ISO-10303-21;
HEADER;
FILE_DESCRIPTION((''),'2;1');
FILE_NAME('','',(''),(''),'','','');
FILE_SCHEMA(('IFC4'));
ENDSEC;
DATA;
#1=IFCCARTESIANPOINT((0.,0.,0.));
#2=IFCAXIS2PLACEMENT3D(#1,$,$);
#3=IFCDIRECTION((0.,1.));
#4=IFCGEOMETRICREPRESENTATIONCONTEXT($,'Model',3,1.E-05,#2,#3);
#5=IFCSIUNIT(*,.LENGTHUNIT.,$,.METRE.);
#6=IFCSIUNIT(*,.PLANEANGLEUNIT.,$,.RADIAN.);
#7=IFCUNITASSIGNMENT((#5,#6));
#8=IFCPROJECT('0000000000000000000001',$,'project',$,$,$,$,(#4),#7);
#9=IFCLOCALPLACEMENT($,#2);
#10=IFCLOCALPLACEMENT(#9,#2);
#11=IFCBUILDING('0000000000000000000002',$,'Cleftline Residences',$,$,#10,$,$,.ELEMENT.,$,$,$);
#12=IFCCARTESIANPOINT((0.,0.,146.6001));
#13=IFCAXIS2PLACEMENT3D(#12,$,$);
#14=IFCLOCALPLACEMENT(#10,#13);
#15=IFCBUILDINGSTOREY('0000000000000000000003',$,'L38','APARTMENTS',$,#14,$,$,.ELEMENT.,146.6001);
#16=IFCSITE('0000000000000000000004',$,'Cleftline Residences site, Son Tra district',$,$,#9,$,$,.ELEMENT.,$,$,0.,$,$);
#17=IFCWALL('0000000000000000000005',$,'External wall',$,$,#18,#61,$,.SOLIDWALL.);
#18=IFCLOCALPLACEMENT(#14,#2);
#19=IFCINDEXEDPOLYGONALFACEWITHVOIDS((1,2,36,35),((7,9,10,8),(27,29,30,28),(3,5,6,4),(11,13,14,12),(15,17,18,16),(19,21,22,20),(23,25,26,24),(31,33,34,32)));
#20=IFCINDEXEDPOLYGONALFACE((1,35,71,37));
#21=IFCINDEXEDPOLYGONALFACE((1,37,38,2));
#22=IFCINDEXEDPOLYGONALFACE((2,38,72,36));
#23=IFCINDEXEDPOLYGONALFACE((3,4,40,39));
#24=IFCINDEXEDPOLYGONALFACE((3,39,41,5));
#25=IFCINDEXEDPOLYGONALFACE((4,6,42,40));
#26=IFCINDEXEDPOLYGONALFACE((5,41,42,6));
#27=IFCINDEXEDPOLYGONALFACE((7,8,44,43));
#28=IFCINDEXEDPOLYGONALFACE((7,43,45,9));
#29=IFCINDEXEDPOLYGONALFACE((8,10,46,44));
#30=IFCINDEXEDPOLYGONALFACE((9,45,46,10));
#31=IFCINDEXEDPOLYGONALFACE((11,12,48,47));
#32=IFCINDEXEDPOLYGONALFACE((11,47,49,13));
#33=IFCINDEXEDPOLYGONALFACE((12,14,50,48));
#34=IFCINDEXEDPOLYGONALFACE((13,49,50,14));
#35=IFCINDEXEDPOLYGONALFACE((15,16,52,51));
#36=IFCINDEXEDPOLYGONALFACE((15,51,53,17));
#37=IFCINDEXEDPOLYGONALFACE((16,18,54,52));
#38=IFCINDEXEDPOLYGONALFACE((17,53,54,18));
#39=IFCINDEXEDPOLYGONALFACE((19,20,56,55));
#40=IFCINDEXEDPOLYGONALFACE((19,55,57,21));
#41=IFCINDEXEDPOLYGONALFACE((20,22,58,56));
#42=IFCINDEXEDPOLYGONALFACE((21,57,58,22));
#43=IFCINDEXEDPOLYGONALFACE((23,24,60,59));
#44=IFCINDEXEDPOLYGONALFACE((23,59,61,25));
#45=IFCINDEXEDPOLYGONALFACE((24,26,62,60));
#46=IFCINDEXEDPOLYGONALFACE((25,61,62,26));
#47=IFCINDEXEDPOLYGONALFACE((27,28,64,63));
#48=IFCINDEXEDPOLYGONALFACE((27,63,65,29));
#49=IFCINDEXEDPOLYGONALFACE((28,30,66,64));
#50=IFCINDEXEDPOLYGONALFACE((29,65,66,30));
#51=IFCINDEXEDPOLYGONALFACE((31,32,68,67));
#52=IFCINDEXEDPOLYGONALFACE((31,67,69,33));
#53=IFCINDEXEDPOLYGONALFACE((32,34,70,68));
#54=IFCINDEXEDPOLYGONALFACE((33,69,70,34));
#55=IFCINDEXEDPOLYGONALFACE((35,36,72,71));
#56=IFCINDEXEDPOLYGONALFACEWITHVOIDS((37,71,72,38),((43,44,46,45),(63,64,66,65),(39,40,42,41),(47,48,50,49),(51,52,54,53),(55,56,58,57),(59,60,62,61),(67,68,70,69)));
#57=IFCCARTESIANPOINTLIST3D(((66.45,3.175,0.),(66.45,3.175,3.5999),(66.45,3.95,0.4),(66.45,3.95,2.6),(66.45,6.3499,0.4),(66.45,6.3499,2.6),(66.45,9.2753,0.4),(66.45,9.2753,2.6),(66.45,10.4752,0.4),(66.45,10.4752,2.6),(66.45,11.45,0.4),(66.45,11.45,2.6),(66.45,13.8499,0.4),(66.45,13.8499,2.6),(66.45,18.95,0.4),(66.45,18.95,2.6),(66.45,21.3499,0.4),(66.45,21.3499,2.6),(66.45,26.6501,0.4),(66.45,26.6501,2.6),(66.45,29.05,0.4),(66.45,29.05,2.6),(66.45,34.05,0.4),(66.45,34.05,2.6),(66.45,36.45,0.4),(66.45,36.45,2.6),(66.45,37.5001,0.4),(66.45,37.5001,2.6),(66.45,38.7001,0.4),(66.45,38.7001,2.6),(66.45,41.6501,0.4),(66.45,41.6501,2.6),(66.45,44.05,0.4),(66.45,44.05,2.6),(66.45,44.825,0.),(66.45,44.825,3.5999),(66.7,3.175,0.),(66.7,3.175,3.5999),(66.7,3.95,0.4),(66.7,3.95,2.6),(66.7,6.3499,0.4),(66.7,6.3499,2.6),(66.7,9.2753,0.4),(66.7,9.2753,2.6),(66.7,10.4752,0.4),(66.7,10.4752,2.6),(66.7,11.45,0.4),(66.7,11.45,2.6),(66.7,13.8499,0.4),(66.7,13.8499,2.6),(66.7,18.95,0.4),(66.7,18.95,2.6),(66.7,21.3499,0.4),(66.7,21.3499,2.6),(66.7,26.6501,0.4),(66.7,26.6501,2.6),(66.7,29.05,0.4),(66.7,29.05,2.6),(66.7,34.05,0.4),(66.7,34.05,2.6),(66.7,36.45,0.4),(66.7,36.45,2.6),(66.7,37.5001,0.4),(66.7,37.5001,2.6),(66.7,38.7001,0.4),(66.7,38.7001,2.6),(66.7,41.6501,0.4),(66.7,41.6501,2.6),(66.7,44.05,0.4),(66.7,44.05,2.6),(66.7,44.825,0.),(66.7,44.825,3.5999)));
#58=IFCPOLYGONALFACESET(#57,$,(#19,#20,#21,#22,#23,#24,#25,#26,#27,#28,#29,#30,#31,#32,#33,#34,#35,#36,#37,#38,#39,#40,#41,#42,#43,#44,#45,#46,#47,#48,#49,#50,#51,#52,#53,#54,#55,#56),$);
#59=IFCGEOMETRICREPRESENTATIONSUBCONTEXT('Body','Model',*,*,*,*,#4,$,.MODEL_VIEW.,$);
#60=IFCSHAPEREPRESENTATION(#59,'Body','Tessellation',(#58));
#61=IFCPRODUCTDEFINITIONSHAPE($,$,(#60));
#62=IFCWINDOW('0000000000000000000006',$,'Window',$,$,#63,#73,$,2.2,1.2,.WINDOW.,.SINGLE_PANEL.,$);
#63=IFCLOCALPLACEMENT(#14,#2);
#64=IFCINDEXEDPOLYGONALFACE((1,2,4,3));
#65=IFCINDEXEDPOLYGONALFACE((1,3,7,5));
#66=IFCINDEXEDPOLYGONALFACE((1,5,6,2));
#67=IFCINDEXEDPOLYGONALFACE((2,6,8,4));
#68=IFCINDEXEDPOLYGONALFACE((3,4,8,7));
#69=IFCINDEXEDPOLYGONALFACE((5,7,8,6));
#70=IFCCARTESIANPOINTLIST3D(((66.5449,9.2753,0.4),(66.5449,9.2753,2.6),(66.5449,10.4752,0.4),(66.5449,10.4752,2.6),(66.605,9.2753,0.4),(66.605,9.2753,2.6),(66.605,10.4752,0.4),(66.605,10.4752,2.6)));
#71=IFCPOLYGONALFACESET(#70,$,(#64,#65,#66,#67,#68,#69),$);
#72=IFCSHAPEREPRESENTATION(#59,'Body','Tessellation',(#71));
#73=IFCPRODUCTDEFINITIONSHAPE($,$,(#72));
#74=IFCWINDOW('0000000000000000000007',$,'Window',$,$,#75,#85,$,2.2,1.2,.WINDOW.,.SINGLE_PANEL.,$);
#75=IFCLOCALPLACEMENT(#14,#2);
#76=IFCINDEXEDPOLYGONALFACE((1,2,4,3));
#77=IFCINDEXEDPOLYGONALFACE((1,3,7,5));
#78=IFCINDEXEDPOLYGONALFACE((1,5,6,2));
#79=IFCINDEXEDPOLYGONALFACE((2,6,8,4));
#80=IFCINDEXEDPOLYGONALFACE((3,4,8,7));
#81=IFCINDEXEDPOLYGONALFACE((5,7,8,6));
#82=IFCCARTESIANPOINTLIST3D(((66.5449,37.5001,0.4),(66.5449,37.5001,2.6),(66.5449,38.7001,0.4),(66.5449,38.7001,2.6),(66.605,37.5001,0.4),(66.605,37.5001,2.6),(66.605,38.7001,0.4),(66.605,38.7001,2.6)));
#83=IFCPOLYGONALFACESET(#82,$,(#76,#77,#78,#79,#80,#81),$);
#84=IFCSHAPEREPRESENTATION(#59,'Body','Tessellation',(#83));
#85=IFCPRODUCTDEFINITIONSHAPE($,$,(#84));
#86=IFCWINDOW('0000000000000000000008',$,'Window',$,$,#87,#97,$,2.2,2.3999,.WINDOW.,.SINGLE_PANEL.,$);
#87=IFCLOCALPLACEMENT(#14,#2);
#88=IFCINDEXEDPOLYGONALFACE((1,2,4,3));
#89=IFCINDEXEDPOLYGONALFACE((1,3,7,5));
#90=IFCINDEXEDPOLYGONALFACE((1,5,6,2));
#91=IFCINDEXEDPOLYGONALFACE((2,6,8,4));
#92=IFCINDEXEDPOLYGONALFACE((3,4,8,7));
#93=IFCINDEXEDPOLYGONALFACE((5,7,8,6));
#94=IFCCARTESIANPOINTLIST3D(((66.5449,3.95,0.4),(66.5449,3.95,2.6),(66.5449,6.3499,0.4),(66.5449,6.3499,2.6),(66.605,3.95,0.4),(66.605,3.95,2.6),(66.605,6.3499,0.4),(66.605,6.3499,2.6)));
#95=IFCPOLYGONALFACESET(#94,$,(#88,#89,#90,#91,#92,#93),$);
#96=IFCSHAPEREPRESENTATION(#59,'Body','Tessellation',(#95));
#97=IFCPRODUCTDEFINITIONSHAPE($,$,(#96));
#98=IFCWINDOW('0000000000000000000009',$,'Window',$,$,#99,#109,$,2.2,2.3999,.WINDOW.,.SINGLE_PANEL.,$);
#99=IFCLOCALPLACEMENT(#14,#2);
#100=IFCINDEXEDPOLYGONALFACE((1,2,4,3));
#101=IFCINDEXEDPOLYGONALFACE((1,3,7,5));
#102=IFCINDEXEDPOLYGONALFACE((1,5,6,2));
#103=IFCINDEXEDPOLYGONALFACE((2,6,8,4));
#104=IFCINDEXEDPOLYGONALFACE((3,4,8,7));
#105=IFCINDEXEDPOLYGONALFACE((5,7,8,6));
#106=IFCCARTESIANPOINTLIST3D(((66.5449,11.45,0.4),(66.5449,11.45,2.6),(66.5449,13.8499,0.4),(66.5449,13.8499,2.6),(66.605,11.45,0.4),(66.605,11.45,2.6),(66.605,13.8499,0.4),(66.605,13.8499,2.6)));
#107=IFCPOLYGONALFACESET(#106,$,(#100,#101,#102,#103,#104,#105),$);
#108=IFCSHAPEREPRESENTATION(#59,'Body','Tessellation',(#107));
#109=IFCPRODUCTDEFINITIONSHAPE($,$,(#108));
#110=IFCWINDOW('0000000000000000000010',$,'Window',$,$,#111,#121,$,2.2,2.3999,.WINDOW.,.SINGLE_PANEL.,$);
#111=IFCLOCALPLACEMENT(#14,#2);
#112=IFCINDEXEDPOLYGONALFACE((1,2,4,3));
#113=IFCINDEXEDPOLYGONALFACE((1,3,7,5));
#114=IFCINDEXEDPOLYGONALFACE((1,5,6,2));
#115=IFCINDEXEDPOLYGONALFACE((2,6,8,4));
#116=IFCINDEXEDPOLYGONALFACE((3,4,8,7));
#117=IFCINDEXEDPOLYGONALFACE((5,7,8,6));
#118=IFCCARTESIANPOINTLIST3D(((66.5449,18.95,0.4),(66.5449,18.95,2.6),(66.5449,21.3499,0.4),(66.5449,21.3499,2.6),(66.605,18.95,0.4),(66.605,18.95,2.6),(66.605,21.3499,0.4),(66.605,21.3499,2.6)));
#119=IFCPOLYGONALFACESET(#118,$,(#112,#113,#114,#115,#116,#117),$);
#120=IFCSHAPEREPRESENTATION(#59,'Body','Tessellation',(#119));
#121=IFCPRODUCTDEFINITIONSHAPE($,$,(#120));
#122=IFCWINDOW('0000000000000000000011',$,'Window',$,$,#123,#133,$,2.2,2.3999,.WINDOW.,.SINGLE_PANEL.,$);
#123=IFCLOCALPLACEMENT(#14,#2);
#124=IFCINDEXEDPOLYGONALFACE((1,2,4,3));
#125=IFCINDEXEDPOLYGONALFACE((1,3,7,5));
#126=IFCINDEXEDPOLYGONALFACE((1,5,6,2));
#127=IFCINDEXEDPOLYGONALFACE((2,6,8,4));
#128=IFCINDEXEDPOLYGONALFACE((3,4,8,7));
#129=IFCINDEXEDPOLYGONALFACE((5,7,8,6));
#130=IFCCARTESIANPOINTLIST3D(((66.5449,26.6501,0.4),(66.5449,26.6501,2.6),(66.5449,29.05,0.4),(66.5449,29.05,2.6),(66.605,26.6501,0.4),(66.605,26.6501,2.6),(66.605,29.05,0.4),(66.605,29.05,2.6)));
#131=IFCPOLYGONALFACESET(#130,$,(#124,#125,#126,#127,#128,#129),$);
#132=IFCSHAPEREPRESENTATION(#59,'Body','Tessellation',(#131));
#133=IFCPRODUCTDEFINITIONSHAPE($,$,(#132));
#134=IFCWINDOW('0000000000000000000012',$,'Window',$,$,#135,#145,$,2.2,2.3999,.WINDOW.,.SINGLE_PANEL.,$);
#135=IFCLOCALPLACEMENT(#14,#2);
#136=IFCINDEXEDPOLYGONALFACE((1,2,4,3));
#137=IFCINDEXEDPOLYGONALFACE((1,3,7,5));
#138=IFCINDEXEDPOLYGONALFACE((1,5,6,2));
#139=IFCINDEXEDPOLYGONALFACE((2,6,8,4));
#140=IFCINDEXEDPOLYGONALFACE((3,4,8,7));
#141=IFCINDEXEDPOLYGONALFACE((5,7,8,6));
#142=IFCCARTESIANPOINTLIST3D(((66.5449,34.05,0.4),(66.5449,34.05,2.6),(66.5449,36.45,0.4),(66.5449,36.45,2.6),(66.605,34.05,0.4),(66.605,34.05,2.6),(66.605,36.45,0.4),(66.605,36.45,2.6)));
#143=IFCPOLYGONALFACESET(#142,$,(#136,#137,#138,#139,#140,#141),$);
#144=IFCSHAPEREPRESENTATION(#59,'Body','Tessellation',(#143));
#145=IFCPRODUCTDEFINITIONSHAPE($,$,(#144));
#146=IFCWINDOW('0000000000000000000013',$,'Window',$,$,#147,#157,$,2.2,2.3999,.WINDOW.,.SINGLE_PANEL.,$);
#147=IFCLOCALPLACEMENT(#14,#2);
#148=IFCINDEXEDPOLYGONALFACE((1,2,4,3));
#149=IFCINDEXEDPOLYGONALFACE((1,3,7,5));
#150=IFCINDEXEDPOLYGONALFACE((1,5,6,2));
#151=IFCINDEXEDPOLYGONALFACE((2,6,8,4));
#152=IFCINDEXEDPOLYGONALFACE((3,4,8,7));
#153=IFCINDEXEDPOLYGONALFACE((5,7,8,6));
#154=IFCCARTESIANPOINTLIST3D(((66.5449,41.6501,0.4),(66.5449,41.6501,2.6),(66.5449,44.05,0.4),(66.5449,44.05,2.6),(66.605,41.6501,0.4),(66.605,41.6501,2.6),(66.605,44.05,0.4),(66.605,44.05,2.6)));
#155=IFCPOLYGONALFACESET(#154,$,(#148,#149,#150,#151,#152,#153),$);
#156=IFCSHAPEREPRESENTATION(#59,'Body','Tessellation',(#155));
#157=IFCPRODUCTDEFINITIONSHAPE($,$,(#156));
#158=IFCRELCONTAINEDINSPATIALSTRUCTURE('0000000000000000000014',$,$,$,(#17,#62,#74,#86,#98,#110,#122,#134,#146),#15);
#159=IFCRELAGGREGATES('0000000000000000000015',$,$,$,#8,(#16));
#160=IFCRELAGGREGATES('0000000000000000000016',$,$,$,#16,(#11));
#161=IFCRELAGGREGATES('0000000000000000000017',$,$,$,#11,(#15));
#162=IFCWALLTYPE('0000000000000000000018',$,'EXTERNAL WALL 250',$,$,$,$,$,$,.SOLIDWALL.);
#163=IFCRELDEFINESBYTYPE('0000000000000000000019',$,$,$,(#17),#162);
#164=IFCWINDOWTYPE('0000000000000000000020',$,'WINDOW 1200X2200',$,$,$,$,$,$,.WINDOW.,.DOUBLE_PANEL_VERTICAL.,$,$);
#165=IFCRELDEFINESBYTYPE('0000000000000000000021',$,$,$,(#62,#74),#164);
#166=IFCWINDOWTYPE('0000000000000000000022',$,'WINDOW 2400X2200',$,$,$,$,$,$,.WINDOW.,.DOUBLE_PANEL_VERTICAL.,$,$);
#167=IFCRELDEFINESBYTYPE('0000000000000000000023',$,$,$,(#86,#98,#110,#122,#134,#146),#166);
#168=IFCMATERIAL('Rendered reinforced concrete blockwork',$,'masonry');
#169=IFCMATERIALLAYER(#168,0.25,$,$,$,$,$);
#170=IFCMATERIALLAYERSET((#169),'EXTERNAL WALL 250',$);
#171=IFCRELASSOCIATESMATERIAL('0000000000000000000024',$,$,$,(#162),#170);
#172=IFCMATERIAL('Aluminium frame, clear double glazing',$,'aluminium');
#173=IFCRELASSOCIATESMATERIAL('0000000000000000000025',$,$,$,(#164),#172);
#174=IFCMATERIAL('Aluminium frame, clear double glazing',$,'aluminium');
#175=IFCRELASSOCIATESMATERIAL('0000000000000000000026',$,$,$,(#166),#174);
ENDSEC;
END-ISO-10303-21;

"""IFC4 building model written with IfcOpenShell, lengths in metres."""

from ifc_helpers import new_model, si_unit, direction, frame, frame_2d, origin, place, context, subcontext, project, spatial, rectangle, extrude, material, layer, layer_set, type_object, element, fill, save


model = new_model("IFC4")

# Units and contexts
model_context = context("Model", 3, precision=1e-05, world=origin(), true_north=direction((0.0, 1.0)))
body_context = subcontext(model_context, "Body", "Model", "MODEL_VIEW")
ifc_project = project(units=[si_unit("LENGTHUNIT", "METRE"), si_unit("PLANEANGLEUNIT", "RADIAN")], contexts=[model_context])

# Site, building, storey
site_placement = place(None, origin())
site = spatial("IfcSite", under=ifc_project, at=site_placement, Name="Cleftline Residences site, Son Tra district", CompositionType="ELEMENT", RefElevation=0.0)
building_placement = place(site_placement, origin())
building = spatial("IfcBuilding", under=site, at=building_placement, Name="Cleftline Residences", CompositionType="ELEMENT")
storey_placement = place(building_placement, frame((0.0, 0.0, 146.6001)))
storey = spatial("IfcBuildingStorey", under=building, at=storey_placement, Name="L38", Description="APARTMENTS", CompositionType="ELEMENT", Elevation=146.6001)

# Wall, openings, windows
ifc_material_1 = material(Name="Rendered reinforced concrete blockwork", Category="masonry")
ifc_layer_1 = layer(ifc_material_1, 0.25)
ifc_layer_set_1 = layer_set([ifc_layer_1], Name="EXTERNAL WALL 250")
wall_type = type_object("IfcWallType", Name="EXTERNAL WALL 250", PredefinedType="SOLIDWALL", material=ifc_layer_set_1)
wall_placement = place(storey_placement, frame((66.575, 3.175, 0.0), z_axis=(0.0, 0.0, 1.0), x_axis=(0.0, 1.0, 0.0)))
wall = element("IfcWall", 1, at=wall_placement, inside=storey, type_object=wall_type, Name="External wall", PredefinedType="SOLIDWALL", context=body_context, shape_type="SweptSolid", body=[
    extrude(rectangle(XDim=41.6499, YDim=0.25, at=frame_2d((20.825, 0.0))), origin(), (0.0, 0.0, 1.0), 3.5999),
])
opening_1_placement = place(wall_placement, frame((0.7749, 0.0, 0.3999)))
opening_1 = element("IfcOpeningElement", 2, at=opening_1_placement, cuts=wall, PredefinedType="OPENING", context=body_context, shape_type="SweptSolid", body=[
    extrude(rectangle(XDim=2.3999, YDim=2.2, at=frame_2d((1.2, 1.1001))), frame((0.0, 0.135, 0.0), z_axis=(0.0, -1.0, 0.0), x_axis=(1.0, 0.0, 0.0)), (0.0, 0.0, 1.0), 0.27),
])
opening_2_placement = place(wall_placement, frame((6.1001, 0.0, 0.3999)))
opening_2 = element("IfcOpeningElement", 3, at=opening_2_placement, cuts=wall, PredefinedType="OPENING", context=body_context, shape_type="SweptSolid", body=[
    extrude(rectangle(XDim=1.2, YDim=2.2, at=frame_2d((0.6001, 1.1001))), frame((0.0, 0.135, 0.0), z_axis=(0.0, -1.0, 0.0), x_axis=(1.0, 0.0, 0.0)), (0.0, 0.0, 1.0), 0.27),
])
opening_3_placement = place(wall_placement, frame((8.2749, 0.0, 0.3999)))
opening_3 = element("IfcOpeningElement", 4, at=opening_3_placement, cuts=wall, PredefinedType="OPENING", context=body_context, shape_type="SweptSolid", body=[
    extrude(rectangle(XDim=2.3999, YDim=2.2, at=frame_2d((1.2, 1.1001))), frame((0.0, 0.135, 0.0), z_axis=(0.0, -1.0, 0.0), x_axis=(1.0, 0.0, 0.0)), (0.0, 0.0, 1.0), 0.27),
])
opening_4_placement = place(wall_placement, frame((15.7749, 0.0, 0.3999)))
opening_4 = element("IfcOpeningElement", 5, at=opening_4_placement, cuts=wall, PredefinedType="OPENING", context=body_context, shape_type="SweptSolid", body=[
    extrude(rectangle(XDim=2.3999, YDim=2.2, at=frame_2d((1.2, 1.1001))), frame((0.0, 0.135, 0.0), z_axis=(0.0, -1.0, 0.0), x_axis=(1.0, 0.0, 0.0)), (0.0, 0.0, 1.0), 0.27),
])
opening_5_placement = place(wall_placement, frame((23.4751, 0.0, 0.3999)))
opening_5 = element("IfcOpeningElement", 6, at=opening_5_placement, cuts=wall, PredefinedType="OPENING", context=body_context, shape_type="SweptSolid", body=[
    extrude(rectangle(XDim=2.3999, YDim=2.2, at=frame_2d((1.2, 1.1001))), frame((0.0, 0.135, 0.0), z_axis=(0.0, -1.0, 0.0), x_axis=(1.0, 0.0, 0.0)), (0.0, 0.0, 1.0), 0.27),
])
opening_6_placement = place(wall_placement, frame((30.875, 0.0, 0.3999)))
opening_6 = element("IfcOpeningElement", 7, at=opening_6_placement, cuts=wall, PredefinedType="OPENING", context=body_context, shape_type="SweptSolid", body=[
    extrude(rectangle(XDim=2.3999, YDim=2.2, at=frame_2d((1.2, 1.1001))), frame((0.0, 0.135, 0.0), z_axis=(0.0, -1.0, 0.0), x_axis=(1.0, 0.0, 0.0)), (0.0, 0.0, 1.0), 0.27),
])
opening_7_placement = place(wall_placement, frame((34.325, 0.0, 0.3999)))
opening_7 = element("IfcOpeningElement", 8, at=opening_7_placement, cuts=wall, PredefinedType="OPENING", context=body_context, shape_type="SweptSolid", body=[
    extrude(rectangle(XDim=1.2, YDim=2.2, at=frame_2d((0.6001, 1.1001))), frame((0.0, 0.135, 0.0), z_axis=(0.0, -1.0, 0.0), x_axis=(1.0, 0.0, 0.0)), (0.0, 0.0, 1.0), 0.27),
])
opening_8_placement = place(wall_placement, frame((38.4751, 0.0, 0.3999)))
opening_8 = element("IfcOpeningElement", 9, at=opening_8_placement, cuts=wall, PredefinedType="OPENING", context=body_context, shape_type="SweptSolid", body=[
    extrude(rectangle(XDim=2.3999, YDim=2.2, at=frame_2d((1.2, 1.1001))), frame((0.0, 0.135, 0.0), z_axis=(0.0, -1.0, 0.0), x_axis=(1.0, 0.0, 0.0)), (0.0, 0.0, 1.0), 0.27),
])
ifc_material_2 = material(Name="Aluminium frame, clear double glazing", Category="aluminium")
window_type_1 = type_object("IfcWindowType", Name="WINDOW 1200X2200", PartitioningType="DOUBLE_PANEL_VERTICAL", PredefinedType="WINDOW", material=ifc_material_2)
window_1_placement = place(opening_2_placement, origin())
window_1 = element("IfcWindow", 10, at=window_1_placement, inside=storey, type_object=window_type_1, Name="Window", OverallHeight=2.2, OverallWidth=1.2, PartitioningType="SINGLE_PANEL", PredefinedType="WINDOW", context=body_context, shape_type="SweptSolid", body=[
    extrude(rectangle(XDim=1.2, YDim=2.2, at=frame_2d((0.6001, 1.1001))), frame((0.0, 0.03, 0.0), z_axis=(0.0, -1.0, 0.0), x_axis=(1.0, 0.0, 0.0)), (0.0, 0.0, 1.0), 0.0601),
])
fill(opening_2, window_1)
window_2_placement = place(opening_7_placement, origin())
window_2 = element("IfcWindow", 11, at=window_2_placement, inside=storey, type_object=window_type_1, Name="Window", OverallHeight=2.2, OverallWidth=1.2, PartitioningType="SINGLE_PANEL", PredefinedType="WINDOW", context=body_context, shape_type="SweptSolid", body=[
    extrude(rectangle(XDim=1.2, YDim=2.2, at=frame_2d((0.6001, 1.1001))), frame((0.0, 0.03, 0.0), z_axis=(0.0, -1.0, 0.0), x_axis=(1.0, 0.0, 0.0)), (0.0, 0.0, 1.0), 0.0601),
])
fill(opening_7, window_2)
ifc_material_3 = material(Name="Aluminium frame, clear double glazing", Category="aluminium")
window_type_2 = type_object("IfcWindowType", Name="WINDOW 2400X2200", PartitioningType="DOUBLE_PANEL_VERTICAL", PredefinedType="WINDOW", material=ifc_material_3)
window_3_placement = place(opening_1_placement, origin())
window_3 = element("IfcWindow", 12, at=window_3_placement, inside=storey, type_object=window_type_2, Name="Window", OverallHeight=2.2, OverallWidth=2.3999, PartitioningType="SINGLE_PANEL", PredefinedType="WINDOW", context=body_context, shape_type="SweptSolid", body=[
    extrude(rectangle(XDim=2.3999, YDim=2.2, at=frame_2d((1.2, 1.1001))), frame((0.0, 0.03, 0.0), z_axis=(0.0, -1.0, 0.0), x_axis=(1.0, 0.0, 0.0)), (0.0, 0.0, 1.0), 0.0601),
])
fill(opening_1, window_3)
window_4_placement = place(opening_3_placement, origin())
window_4 = element("IfcWindow", 13, at=window_4_placement, inside=storey, type_object=window_type_2, Name="Window", OverallHeight=2.2, OverallWidth=2.3999, PartitioningType="SINGLE_PANEL", PredefinedType="WINDOW", context=body_context, shape_type="SweptSolid", body=[
    extrude(rectangle(XDim=2.3999, YDim=2.2, at=frame_2d((1.2, 1.1001))), frame((0.0, 0.03, 0.0), z_axis=(0.0, -1.0, 0.0), x_axis=(1.0, 0.0, 0.0)), (0.0, 0.0, 1.0), 0.0601),
])
fill(opening_3, window_4)
window_5_placement = place(opening_4_placement, origin())
window_5 = element("IfcWindow", 14, at=window_5_placement, inside=storey, type_object=window_type_2, Name="Window", OverallHeight=2.2, OverallWidth=2.3999, PartitioningType="SINGLE_PANEL", PredefinedType="WINDOW", context=body_context, shape_type="SweptSolid", body=[
    extrude(rectangle(XDim=2.3999, YDim=2.2, at=frame_2d((1.2, 1.1001))), frame((0.0, 0.03, 0.0), z_axis=(0.0, -1.0, 0.0), x_axis=(1.0, 0.0, 0.0)), (0.0, 0.0, 1.0), 0.0601),
])
fill(opening_4, window_5)
window_6_placement = place(opening_5_placement, origin())
window_6 = element("IfcWindow", 15, at=window_6_placement, inside=storey, type_object=window_type_2, Name="Window", OverallHeight=2.2, OverallWidth=2.3999, PartitioningType="SINGLE_PANEL", PredefinedType="WINDOW", context=body_context, shape_type="SweptSolid", body=[
    extrude(rectangle(XDim=2.3999, YDim=2.2, at=frame_2d((1.2, 1.1001))), frame((0.0, 0.03, 0.0), z_axis=(0.0, -1.0, 0.0), x_axis=(1.0, 0.0, 0.0)), (0.0, 0.0, 1.0), 0.0601),
])
fill(opening_5, window_6)
window_7_placement = place(opening_6_placement, origin())
window_7 = element("IfcWindow", 16, at=window_7_placement, inside=storey, type_object=window_type_2, Name="Window", OverallHeight=2.2, OverallWidth=2.3999, PartitioningType="SINGLE_PANEL", PredefinedType="WINDOW", context=body_context, shape_type="SweptSolid", body=[
    extrude(rectangle(XDim=2.3999, YDim=2.2, at=frame_2d((1.2, 1.1001))), frame((0.0, 0.03, 0.0), z_axis=(0.0, -1.0, 0.0), x_axis=(1.0, 0.0, 0.0)), (0.0, 0.0, 1.0), 0.0601),
])
fill(opening_6, window_7)
window_8_placement = place(opening_8_placement, origin())
window_8 = element("IfcWindow", 17, at=window_8_placement, inside=storey, type_object=window_type_2, Name="Window", OverallHeight=2.2, OverallWidth=2.3999, PartitioningType="SINGLE_PANEL", PredefinedType="WINDOW", context=body_context, shape_type="SweptSolid", body=[
    extrude(rectangle(XDim=2.3999, YDim=2.2, at=frame_2d((1.2, 1.1001))), frame((0.0, 0.03, 0.0), z_axis=(0.0, -1.0, 0.0), x_axis=(1.0, 0.0, 0.0)), (0.0, 0.0, 1.0), 0.0601),
])
fill(opening_8, window_8)

save(model, "model.ifc")
